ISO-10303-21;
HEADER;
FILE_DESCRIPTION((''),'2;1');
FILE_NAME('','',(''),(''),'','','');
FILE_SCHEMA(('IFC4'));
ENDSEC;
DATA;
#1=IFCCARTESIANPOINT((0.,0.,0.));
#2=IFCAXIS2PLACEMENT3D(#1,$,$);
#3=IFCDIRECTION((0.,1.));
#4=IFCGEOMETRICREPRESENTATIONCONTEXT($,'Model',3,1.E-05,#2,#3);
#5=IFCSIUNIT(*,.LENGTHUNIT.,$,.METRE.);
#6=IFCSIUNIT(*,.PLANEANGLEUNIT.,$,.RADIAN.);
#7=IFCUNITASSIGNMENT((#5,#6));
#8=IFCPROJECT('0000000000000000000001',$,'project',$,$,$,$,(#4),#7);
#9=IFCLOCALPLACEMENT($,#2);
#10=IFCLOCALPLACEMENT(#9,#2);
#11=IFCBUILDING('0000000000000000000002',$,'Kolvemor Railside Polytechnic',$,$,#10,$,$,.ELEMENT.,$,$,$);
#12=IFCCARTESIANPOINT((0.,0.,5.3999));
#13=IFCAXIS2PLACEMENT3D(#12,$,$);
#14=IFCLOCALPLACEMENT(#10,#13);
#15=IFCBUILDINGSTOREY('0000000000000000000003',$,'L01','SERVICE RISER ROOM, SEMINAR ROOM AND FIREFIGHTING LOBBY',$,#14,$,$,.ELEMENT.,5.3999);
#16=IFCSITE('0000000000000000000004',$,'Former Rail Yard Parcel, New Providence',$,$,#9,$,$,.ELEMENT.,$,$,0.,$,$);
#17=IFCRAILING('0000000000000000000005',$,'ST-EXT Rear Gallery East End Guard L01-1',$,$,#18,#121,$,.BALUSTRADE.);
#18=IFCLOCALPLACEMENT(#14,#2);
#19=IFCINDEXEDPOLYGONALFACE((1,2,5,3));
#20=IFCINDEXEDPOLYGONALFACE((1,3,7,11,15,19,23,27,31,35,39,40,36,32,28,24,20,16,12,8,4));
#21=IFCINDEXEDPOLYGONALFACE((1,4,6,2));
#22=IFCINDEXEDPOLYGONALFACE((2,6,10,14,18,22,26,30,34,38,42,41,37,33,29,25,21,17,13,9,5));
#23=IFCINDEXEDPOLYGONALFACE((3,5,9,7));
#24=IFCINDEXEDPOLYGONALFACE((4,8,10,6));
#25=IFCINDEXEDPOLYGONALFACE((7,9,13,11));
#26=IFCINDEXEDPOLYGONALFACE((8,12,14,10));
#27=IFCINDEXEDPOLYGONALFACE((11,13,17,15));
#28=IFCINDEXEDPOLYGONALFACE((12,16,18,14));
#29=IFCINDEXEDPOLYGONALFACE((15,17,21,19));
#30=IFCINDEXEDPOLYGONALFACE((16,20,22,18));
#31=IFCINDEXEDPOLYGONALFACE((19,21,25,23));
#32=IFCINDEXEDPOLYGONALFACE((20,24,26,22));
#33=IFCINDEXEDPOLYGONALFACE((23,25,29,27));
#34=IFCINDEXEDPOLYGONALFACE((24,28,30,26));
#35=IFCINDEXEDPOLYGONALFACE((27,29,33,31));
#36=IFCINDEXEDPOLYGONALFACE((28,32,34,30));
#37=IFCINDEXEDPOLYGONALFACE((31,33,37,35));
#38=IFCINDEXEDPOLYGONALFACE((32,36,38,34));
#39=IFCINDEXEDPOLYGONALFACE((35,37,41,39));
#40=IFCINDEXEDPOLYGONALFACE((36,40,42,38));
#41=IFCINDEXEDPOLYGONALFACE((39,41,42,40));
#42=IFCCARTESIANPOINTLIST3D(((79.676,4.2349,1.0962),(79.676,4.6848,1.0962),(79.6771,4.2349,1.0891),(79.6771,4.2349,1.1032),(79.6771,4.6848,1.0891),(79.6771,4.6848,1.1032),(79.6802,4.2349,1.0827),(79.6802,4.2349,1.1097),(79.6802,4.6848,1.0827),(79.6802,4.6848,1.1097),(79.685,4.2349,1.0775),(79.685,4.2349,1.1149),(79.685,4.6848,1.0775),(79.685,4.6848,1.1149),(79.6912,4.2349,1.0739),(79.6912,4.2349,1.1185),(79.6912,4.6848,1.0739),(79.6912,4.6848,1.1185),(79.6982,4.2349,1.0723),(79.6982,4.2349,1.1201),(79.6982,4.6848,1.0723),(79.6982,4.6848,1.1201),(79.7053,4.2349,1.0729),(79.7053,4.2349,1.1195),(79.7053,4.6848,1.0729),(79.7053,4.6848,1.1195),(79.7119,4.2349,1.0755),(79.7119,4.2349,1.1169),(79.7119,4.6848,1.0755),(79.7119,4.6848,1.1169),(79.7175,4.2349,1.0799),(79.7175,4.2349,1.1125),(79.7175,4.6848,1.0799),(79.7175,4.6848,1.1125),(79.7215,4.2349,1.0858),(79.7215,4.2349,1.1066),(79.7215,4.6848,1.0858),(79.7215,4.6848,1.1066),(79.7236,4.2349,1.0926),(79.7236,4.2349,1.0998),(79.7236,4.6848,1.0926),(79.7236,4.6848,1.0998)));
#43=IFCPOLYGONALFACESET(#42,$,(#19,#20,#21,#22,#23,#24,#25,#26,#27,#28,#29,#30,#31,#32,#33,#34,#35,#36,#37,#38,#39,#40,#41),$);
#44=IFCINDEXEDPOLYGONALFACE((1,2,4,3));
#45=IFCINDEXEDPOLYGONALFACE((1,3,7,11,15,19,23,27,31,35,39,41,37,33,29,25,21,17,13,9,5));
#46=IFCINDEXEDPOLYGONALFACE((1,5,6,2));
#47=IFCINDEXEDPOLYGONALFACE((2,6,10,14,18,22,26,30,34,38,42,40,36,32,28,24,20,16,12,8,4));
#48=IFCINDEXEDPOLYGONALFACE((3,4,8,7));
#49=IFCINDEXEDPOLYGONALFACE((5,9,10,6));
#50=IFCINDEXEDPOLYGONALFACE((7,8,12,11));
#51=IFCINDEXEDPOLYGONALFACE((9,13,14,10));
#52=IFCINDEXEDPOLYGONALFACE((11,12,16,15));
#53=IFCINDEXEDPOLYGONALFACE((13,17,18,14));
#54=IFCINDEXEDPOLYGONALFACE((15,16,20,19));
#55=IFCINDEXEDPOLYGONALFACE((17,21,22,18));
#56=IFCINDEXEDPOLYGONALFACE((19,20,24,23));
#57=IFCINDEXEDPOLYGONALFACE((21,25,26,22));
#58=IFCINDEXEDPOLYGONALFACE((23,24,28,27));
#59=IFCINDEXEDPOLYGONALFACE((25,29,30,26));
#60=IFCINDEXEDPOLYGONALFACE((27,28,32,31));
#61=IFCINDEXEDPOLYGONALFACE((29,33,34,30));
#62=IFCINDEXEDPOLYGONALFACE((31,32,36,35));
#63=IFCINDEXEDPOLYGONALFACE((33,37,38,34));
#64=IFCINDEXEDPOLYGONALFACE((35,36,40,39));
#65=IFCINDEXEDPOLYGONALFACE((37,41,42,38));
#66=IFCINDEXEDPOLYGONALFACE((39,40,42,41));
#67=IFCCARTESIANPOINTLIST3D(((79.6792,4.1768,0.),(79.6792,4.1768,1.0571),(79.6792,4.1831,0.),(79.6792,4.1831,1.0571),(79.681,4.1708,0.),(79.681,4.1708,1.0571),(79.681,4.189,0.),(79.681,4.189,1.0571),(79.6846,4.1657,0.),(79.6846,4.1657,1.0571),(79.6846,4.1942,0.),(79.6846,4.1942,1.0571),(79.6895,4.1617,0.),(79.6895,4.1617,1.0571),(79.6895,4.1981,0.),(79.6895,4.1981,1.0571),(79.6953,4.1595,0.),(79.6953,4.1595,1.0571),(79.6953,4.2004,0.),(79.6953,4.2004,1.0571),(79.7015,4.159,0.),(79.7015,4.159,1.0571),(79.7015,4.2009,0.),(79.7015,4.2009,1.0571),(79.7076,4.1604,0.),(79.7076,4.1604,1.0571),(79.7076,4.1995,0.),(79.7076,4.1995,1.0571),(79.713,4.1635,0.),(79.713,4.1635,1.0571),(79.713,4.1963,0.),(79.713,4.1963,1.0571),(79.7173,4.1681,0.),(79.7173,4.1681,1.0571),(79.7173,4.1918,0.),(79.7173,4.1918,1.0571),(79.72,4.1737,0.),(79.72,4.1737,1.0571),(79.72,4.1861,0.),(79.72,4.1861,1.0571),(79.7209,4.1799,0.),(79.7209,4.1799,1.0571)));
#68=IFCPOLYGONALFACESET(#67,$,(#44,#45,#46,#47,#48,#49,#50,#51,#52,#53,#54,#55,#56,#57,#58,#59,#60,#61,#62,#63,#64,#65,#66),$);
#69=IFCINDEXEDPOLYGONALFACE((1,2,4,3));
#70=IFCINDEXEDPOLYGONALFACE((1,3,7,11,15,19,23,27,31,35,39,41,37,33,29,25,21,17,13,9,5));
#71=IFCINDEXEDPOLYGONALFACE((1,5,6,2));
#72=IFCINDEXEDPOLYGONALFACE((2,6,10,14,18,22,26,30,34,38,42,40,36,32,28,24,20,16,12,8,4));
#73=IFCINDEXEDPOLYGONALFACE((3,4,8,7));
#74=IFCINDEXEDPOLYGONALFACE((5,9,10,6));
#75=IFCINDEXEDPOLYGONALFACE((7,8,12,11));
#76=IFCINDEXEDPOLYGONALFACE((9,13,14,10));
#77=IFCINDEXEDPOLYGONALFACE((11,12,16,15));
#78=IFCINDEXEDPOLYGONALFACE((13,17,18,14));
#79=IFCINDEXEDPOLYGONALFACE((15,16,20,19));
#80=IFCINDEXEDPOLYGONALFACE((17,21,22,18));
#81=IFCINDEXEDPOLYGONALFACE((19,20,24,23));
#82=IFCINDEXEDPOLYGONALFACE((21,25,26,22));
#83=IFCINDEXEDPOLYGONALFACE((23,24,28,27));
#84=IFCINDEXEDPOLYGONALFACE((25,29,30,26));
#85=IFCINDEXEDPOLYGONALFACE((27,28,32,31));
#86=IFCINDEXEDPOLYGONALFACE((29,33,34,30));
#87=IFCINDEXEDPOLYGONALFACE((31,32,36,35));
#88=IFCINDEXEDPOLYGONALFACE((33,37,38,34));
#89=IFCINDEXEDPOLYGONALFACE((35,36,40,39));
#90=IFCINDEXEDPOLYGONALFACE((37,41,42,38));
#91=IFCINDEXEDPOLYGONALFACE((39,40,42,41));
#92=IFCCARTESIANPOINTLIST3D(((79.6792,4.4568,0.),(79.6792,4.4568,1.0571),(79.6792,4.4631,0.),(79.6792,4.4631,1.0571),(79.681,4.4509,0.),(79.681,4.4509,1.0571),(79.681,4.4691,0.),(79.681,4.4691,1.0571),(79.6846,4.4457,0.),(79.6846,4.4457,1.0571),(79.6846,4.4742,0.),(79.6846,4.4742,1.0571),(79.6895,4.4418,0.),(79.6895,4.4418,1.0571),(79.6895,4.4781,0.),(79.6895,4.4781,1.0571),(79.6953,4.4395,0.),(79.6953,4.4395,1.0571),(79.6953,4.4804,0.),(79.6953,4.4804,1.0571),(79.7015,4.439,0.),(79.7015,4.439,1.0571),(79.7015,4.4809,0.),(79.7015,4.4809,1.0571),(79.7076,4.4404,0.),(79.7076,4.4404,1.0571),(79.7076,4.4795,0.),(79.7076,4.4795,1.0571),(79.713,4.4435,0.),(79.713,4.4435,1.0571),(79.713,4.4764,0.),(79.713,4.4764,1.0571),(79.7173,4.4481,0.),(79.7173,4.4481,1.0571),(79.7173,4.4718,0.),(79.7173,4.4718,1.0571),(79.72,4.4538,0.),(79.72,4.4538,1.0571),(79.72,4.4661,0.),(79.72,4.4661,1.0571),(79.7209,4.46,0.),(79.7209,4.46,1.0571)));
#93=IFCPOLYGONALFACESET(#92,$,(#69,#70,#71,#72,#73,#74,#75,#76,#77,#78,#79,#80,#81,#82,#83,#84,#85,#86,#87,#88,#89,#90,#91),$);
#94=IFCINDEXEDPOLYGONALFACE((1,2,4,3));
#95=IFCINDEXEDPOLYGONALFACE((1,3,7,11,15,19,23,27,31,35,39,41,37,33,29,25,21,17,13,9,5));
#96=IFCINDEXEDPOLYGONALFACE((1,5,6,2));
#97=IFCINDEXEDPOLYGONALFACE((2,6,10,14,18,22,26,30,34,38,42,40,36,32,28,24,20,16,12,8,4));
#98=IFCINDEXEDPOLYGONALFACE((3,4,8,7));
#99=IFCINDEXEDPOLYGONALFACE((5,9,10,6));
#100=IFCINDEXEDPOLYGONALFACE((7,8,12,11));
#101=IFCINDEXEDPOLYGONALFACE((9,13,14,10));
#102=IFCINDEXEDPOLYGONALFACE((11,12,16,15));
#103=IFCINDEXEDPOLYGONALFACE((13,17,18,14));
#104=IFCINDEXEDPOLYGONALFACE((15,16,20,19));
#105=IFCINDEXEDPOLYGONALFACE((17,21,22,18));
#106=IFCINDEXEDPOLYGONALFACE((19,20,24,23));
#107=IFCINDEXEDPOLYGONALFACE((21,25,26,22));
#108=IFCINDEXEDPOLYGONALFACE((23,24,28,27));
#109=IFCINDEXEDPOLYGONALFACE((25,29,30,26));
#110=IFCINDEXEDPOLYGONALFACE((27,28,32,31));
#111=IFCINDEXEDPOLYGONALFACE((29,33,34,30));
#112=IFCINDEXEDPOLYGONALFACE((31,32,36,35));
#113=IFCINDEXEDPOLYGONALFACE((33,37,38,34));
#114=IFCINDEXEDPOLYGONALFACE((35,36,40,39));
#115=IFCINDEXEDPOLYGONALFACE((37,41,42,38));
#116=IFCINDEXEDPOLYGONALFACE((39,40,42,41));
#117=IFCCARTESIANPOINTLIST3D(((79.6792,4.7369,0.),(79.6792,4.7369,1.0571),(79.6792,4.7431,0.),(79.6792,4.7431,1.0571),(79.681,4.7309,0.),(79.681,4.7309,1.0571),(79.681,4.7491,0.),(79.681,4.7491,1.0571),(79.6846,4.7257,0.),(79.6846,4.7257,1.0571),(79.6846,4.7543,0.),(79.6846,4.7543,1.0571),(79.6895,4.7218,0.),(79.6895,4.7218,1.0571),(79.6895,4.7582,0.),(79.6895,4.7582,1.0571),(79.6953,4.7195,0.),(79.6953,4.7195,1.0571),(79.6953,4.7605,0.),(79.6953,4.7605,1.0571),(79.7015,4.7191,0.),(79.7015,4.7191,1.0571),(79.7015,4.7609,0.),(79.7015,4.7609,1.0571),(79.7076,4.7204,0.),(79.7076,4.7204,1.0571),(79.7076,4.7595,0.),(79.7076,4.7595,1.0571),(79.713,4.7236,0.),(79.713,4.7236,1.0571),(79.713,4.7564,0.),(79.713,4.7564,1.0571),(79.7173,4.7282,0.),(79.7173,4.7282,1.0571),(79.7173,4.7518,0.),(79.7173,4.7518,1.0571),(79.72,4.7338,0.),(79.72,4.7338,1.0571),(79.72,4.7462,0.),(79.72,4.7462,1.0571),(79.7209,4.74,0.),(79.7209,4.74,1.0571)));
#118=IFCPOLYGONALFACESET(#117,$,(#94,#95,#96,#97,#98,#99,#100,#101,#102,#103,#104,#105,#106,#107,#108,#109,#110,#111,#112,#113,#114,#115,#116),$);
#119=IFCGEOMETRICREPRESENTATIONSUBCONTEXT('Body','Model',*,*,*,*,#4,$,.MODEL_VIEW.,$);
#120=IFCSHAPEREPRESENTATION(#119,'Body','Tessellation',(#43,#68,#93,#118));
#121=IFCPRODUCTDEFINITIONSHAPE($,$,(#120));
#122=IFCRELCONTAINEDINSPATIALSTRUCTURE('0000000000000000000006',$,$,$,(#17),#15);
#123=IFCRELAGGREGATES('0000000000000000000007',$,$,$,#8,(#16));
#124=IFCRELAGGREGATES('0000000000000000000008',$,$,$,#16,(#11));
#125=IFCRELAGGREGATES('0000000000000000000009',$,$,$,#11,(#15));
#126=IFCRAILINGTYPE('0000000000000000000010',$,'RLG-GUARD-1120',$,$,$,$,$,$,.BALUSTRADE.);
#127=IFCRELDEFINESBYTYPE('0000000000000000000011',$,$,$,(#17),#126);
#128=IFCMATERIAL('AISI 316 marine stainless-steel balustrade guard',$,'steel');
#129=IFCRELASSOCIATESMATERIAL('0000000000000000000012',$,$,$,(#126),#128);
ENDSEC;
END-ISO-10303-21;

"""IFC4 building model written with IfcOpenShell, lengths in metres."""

from ifc_helpers import new_model, si_unit, direction, frame, origin, origin_2d, place, context, subcontext, project, spatial, circle, extrude, material, type_object, element, save


model = new_model("IFC4")

# Units and contexts
model_context = context("Model", 3, precision=1e-05, world=origin(), true_north=direction((0.0, 1.0)))
body_context = subcontext(model_context, "Body", "Model", "MODEL_VIEW")
ifc_project = project(units=[si_unit("LENGTHUNIT", "METRE"), si_unit("PLANEANGLEUNIT", "RADIAN")], contexts=[model_context])

# Site, building, storey
site_placement = place(None, origin())
site = spatial("IfcSite", under=ifc_project, at=site_placement, Name="Former Rail Yard Parcel, New Providence", CompositionType="ELEMENT", RefElevation=0.0)
building_placement = place(site_placement, origin())
building = spatial("IfcBuilding", under=site, at=building_placement, Name="Kolvemor Railside Polytechnic", CompositionType="ELEMENT")
storey_placement = place(building_placement, frame((0.0, 0.0, 5.3999)))
storey = spatial("IfcBuildingStorey", under=building, at=storey_placement, Name="L01", Description="SERVICE RISER ROOM, SEMINAR ROOM AND FIREFIGHTING LOBBY", CompositionType="ELEMENT", Elevation=5.3999)

# Railing
ifc_material_1 = material(Name="AISI 316 marine stainless-steel balustrade guard", Category="steel")
railing_type_1 = type_object("IfcRailingType", Name="RLG-GUARD-1120", PredefinedType="BALUSTRADE", material=ifc_material_1)
railing_1_placement = place(storey_placement, frame((79.7, 4.1799, 0.0)))
element("IfcRailing", 1, at=railing_1_placement, inside=storey, type_object=railing_type_1, Name="ST-EXT Rear Gallery East End Guard L01-1", PredefinedType="BALUSTRADE", context=body_context, shape_type="SweptSolid", body=[
    extrude(circle(Radius=0.0239, at=origin_2d()), frame((0.0, 0.0549, 1.0962), z_axis=(0.0, 1.0, 0.0), x_axis=(-1.0, 0.0, 0.0)), (0.0, 0.0, 1.0), 0.45),
    extrude(circle(Radius=0.021, at=origin_2d()), origin(), (0.0, 0.0, 1.0), 1.0571),
    extrude(circle(Radius=0.021, at=origin_2d()), frame((0.0, 0.28, 0.0)), (0.0, 0.0, 1.0), 1.0571),
    extrude(circle(Radius=0.021, at=origin_2d()), frame((0.0, 0.5601, 0.0)), (0.0, 0.0, 1.0), 1.0571),
])

save(model, "model.ifc")
